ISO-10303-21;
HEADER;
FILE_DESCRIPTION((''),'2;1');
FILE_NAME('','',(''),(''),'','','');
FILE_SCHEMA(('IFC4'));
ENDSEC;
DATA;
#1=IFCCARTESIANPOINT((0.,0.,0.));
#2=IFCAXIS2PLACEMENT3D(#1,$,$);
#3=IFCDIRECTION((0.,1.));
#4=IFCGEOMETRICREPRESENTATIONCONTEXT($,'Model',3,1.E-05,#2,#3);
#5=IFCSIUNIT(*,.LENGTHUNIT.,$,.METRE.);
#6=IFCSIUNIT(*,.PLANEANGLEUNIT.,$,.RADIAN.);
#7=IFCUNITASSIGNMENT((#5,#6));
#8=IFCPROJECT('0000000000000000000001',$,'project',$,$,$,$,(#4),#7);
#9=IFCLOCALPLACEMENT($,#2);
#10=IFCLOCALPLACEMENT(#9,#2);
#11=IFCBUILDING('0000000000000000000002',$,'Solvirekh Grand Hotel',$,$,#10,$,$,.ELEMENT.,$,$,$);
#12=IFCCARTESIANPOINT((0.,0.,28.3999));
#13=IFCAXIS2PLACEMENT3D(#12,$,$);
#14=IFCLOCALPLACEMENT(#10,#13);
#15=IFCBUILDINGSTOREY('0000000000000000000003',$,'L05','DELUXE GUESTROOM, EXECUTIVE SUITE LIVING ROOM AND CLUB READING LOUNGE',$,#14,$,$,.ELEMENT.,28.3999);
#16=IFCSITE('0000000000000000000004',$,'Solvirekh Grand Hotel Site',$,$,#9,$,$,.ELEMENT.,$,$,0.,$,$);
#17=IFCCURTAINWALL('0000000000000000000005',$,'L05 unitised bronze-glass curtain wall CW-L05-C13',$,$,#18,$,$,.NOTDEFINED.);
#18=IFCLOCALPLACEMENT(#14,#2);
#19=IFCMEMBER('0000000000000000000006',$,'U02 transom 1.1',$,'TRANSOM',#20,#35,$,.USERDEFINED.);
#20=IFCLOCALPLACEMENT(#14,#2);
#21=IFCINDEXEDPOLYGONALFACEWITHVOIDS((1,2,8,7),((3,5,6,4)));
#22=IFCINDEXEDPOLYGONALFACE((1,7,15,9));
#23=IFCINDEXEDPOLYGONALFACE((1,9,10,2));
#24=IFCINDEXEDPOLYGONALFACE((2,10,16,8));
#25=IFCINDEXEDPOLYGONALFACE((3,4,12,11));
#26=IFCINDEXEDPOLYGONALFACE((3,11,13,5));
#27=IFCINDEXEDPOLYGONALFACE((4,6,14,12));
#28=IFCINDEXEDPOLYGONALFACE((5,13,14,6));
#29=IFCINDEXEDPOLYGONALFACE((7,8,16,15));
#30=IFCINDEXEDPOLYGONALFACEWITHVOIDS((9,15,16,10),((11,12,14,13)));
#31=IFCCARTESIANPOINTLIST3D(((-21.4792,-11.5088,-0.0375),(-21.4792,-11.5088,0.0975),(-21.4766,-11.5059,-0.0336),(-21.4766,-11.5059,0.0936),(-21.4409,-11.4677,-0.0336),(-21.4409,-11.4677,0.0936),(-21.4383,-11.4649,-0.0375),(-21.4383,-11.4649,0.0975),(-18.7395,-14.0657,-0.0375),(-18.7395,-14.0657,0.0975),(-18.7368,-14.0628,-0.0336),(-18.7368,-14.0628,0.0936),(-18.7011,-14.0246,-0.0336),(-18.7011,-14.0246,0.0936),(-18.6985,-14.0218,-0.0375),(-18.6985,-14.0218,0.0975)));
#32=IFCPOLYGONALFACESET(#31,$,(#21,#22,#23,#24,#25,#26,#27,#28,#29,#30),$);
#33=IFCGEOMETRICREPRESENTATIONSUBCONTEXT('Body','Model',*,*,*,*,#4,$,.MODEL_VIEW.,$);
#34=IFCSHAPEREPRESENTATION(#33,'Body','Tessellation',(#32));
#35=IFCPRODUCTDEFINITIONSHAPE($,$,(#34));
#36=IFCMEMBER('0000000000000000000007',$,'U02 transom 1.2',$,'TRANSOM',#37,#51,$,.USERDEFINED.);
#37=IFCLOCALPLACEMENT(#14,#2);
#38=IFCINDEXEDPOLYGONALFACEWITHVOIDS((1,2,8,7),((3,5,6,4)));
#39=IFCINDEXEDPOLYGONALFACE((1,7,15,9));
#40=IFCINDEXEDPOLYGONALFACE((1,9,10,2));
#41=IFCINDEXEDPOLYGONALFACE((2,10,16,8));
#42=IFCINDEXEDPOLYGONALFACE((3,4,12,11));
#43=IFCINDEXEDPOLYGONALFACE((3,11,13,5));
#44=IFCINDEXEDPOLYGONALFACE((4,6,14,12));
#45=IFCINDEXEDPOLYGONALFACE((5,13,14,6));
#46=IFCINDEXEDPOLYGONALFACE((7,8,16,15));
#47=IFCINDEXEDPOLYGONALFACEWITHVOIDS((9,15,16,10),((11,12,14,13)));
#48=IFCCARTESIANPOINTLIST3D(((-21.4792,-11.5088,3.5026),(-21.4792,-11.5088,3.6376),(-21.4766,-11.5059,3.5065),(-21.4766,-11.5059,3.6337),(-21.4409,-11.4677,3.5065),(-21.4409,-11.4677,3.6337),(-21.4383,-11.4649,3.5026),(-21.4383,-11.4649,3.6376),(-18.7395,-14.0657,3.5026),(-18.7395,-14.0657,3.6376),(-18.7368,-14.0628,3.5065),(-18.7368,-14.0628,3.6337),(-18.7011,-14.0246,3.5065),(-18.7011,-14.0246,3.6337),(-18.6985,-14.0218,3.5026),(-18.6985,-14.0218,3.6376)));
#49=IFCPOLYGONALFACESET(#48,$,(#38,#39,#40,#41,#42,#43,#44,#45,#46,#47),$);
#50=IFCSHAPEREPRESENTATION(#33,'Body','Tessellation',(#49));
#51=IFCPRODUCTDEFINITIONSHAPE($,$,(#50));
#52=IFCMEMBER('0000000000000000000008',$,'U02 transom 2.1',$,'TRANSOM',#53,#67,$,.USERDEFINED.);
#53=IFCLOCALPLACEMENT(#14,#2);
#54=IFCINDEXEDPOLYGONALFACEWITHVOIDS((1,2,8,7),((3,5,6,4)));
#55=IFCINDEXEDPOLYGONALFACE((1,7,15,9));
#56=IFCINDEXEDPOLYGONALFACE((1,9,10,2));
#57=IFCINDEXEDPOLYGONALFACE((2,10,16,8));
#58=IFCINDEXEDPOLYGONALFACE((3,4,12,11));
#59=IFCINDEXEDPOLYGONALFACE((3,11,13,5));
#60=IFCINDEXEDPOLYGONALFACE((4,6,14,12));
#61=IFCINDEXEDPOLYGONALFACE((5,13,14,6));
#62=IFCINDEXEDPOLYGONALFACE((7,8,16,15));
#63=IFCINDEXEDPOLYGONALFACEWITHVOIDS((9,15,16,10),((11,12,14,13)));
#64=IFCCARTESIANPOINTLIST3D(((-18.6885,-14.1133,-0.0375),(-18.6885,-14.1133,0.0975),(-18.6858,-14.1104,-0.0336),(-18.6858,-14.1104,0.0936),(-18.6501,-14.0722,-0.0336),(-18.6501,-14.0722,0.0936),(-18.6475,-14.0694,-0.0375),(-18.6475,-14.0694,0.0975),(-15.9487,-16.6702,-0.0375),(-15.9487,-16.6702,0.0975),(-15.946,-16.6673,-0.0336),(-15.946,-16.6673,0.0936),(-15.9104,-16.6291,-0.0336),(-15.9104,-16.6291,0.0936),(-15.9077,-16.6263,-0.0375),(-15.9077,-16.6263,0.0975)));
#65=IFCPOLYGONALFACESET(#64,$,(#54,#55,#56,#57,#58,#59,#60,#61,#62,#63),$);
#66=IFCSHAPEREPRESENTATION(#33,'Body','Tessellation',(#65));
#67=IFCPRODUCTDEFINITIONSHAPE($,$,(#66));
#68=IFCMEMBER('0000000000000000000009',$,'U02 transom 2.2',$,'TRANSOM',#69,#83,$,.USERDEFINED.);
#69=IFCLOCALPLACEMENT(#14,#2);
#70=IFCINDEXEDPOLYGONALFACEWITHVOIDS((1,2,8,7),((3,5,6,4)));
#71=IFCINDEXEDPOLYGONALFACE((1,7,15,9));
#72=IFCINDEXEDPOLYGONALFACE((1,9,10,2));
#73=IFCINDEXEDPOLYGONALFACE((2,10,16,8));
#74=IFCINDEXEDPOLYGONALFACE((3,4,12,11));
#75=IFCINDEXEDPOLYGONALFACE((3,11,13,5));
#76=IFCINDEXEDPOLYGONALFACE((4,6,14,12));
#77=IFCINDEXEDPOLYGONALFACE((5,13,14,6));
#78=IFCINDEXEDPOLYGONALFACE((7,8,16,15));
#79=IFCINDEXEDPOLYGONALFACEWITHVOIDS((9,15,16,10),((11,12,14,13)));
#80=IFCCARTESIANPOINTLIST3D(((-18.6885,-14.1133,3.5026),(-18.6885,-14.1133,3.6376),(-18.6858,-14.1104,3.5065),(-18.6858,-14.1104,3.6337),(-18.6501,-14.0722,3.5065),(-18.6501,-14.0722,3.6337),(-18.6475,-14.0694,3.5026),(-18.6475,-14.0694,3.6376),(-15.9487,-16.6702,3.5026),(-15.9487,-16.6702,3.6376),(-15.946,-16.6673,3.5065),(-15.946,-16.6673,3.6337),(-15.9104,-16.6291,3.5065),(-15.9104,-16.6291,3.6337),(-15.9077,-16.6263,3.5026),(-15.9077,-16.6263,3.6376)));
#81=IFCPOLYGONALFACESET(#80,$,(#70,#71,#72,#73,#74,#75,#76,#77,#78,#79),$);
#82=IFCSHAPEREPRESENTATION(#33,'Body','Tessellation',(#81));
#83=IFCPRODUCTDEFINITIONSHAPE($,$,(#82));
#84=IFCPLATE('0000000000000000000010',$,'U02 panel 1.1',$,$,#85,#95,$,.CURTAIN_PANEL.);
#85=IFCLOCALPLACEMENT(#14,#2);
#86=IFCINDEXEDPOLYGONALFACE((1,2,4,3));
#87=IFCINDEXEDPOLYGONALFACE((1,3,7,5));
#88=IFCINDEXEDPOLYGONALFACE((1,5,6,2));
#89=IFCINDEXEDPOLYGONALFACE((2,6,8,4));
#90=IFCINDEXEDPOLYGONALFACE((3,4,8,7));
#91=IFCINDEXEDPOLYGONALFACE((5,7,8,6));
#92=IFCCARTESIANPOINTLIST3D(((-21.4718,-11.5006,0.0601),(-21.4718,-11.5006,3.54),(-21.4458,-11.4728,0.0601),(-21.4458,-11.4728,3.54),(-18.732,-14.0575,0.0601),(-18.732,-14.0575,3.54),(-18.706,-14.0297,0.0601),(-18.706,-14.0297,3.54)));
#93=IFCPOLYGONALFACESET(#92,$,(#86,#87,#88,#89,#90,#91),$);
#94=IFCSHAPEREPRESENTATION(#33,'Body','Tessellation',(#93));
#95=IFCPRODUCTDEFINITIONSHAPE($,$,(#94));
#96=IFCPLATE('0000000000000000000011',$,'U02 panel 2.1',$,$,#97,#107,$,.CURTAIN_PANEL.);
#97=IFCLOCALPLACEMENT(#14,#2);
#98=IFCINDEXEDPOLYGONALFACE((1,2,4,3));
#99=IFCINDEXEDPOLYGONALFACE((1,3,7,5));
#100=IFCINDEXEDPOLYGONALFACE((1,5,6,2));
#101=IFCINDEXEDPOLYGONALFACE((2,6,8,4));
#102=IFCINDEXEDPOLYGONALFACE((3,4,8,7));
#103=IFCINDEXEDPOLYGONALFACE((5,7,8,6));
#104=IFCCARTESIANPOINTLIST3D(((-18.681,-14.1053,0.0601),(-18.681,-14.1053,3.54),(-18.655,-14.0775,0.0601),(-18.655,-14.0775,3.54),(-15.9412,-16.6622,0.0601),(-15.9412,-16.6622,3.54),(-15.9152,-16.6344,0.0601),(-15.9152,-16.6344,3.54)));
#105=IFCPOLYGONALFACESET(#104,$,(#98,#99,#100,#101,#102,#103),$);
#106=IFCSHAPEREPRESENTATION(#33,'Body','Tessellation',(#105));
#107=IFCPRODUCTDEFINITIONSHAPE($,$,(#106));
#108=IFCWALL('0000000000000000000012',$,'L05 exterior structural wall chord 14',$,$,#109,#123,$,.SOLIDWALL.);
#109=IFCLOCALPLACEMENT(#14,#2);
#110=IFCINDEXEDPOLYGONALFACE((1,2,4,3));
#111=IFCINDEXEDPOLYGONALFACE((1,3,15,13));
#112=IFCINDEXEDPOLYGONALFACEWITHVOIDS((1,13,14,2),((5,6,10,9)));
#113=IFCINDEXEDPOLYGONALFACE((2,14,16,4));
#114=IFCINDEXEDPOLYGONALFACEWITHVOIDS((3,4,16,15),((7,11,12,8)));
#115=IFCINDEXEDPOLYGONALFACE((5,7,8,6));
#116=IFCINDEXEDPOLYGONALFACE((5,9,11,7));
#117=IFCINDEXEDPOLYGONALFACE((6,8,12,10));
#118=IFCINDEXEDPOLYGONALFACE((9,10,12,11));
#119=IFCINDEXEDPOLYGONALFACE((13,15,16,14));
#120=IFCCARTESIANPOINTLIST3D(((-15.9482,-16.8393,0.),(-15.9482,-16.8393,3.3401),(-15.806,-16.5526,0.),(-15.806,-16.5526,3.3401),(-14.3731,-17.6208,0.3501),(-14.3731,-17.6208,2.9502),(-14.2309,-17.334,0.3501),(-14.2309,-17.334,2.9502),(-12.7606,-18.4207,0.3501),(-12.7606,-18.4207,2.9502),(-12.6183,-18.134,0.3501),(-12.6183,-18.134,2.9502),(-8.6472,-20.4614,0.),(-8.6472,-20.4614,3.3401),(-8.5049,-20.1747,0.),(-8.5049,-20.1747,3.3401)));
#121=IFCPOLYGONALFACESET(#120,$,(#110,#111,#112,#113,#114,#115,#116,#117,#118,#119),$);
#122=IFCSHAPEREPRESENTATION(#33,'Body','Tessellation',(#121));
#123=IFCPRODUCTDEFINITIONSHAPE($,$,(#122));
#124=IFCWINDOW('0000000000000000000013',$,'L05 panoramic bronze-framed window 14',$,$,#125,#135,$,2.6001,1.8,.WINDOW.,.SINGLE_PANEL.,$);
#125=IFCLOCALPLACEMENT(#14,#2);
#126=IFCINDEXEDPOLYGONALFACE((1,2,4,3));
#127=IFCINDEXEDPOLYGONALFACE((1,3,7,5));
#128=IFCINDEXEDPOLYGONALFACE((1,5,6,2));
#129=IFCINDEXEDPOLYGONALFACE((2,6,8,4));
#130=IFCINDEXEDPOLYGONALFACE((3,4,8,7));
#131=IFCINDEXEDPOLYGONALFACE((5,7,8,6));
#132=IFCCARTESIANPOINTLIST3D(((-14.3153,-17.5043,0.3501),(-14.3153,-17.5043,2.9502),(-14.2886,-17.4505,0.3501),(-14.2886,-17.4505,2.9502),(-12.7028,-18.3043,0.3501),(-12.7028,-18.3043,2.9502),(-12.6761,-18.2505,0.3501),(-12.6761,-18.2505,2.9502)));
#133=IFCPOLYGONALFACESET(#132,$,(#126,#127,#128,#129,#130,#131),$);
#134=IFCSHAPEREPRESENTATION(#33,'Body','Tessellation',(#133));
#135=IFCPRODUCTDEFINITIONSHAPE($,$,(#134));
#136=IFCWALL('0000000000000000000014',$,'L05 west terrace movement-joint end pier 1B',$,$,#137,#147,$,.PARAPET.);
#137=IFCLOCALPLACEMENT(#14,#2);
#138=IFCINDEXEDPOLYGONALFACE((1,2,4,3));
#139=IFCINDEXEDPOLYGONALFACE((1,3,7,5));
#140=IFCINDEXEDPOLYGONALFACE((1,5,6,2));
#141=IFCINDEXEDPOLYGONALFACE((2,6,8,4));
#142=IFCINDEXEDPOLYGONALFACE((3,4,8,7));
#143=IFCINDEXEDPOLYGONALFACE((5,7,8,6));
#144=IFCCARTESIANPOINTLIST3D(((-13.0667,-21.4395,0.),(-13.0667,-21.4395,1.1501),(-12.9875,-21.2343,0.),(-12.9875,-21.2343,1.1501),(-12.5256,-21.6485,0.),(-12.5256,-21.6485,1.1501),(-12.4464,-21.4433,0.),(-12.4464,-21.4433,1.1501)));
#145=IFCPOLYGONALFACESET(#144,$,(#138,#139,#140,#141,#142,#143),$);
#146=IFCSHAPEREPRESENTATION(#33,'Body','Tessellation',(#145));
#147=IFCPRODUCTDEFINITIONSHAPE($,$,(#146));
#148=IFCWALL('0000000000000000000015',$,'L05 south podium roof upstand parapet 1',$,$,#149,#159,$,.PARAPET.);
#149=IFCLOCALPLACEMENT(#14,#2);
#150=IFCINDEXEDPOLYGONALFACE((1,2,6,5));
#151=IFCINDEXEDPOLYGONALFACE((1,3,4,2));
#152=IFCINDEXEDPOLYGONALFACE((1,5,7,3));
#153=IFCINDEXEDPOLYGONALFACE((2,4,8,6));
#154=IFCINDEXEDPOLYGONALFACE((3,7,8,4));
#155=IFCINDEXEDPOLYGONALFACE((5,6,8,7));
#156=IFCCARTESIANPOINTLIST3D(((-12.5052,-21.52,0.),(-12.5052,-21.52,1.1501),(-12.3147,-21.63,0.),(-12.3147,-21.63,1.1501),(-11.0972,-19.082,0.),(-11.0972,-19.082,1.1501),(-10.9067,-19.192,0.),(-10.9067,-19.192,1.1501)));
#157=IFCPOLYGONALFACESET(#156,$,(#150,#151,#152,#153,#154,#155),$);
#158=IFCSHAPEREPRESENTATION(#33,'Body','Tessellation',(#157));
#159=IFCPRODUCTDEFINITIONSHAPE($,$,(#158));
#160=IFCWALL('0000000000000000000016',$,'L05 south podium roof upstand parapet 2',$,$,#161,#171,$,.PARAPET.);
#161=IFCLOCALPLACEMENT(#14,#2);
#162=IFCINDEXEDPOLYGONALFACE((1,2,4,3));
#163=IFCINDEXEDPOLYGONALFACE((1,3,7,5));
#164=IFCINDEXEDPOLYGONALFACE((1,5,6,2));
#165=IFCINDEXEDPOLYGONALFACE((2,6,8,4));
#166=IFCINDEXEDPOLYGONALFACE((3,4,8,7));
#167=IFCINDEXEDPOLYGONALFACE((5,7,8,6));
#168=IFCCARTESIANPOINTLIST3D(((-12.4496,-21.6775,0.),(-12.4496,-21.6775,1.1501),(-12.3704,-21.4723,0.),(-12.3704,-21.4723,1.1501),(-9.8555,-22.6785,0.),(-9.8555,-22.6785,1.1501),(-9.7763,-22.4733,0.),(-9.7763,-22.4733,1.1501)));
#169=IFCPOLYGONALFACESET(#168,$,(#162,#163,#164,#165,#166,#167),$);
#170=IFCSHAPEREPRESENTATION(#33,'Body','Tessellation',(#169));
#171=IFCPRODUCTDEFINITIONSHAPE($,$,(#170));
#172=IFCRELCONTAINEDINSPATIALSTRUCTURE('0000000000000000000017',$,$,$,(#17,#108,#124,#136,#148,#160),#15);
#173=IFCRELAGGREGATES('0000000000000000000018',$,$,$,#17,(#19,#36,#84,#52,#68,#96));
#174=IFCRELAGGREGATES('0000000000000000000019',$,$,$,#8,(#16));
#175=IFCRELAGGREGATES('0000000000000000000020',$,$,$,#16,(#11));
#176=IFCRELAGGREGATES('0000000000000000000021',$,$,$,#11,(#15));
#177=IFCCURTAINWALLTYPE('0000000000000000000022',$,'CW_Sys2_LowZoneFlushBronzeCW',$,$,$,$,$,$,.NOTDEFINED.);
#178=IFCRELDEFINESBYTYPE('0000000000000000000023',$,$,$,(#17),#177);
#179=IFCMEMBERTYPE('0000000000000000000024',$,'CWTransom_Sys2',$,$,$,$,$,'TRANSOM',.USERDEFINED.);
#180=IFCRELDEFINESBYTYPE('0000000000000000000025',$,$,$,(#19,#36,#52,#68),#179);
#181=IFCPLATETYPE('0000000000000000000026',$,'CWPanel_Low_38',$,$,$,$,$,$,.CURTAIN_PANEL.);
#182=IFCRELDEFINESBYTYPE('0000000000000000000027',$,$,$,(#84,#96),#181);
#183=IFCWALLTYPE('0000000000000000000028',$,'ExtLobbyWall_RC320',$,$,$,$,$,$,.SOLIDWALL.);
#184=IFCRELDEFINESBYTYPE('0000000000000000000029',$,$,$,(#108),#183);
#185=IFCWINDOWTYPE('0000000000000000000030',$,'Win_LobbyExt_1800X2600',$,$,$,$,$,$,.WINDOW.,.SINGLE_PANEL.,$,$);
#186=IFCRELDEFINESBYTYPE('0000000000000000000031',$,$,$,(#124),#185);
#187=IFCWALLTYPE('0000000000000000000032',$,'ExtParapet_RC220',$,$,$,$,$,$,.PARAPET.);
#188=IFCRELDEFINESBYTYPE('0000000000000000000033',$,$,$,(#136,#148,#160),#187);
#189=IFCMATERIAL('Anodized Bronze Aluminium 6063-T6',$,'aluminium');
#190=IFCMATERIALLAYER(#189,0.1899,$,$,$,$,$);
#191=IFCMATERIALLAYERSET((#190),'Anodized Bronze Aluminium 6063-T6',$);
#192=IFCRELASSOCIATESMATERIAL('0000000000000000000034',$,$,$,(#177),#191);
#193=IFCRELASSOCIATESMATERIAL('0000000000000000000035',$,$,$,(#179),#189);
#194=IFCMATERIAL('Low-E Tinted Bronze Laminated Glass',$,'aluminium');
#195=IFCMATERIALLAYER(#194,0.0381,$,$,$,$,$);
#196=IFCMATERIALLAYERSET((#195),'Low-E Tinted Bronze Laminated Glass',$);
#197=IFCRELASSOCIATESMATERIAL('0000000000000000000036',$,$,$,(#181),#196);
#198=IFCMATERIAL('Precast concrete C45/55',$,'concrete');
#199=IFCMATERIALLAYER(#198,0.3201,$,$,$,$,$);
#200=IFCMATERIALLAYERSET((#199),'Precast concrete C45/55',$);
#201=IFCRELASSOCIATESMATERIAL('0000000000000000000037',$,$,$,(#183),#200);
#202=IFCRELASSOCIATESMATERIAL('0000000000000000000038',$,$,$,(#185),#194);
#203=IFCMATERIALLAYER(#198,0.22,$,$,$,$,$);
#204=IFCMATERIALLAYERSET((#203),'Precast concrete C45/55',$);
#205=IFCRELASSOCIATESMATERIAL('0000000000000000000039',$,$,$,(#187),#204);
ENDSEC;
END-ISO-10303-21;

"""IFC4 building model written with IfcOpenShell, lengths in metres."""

from ifc_helpers import new_model, si_unit, direction, frame, frame_2d, origin, origin_2d, place, context, subcontext, project, spatial, rectangle, hollow_rectangle, extrude, source, transform, mapped, material, layer, layer_set, material_profile, profile_set, type_object, element, fill, aggregate, save


model = new_model("IFC4")

# Units and contexts
model_context = context("Model", 3, precision=1e-05, world=origin(), true_north=direction((0.0, 1.0)))
body_context = subcontext(model_context, "Body", "Model", "MODEL_VIEW")
ifc_project = project(units=[si_unit("LENGTHUNIT", "METRE"), si_unit("PLANEANGLEUNIT", "RADIAN")], contexts=[model_context])

# Site, building, storey
site_placement = place(None, origin())
site = spatial("IfcSite", under=ifc_project, at=site_placement, Name="Solvirekh Grand Hotel Site", CompositionType="ELEMENT", RefElevation=0.0)
building_placement = place(site_placement, origin())
building = spatial("IfcBuilding", under=site, at=building_placement, Name="Solvirekh Grand Hotel", CompositionType="ELEMENT")
storey_placement = place(building_placement, frame((0.0, 0.0, 28.3999)))
storey = spatial("IfcBuildingStorey", under=building, at=storey_placement, Name="L05", Description="DELUXE GUESTROOM, EXECUTIVE SUITE LIVING ROOM AND CLUB READING LOUNGE", CompositionType="ELEMENT", Elevation=28.3999)

# Curtain wall
ifc_material_1 = material(Name="Anodized Bronze Aluminium 6063-T6", Category="aluminium")
ifc_layer_1 = layer(ifc_material_1, 0.1899)
ifc_layer_set_1 = layer_set([ifc_layer_1], Name="Anodized Bronze Aluminium 6063-T6")
curtain_wall_type = type_object("IfcCurtainWallType", Name="CW_Sys2_LowZoneFlushBronzeCW", PredefinedType="NOTDEFINED", material=ifc_layer_set_1)
curtain_wall_1_placement = place(storey_placement, origin())
curtain_wall_1 = element("IfcCurtainWall", 1, at=curtain_wall_1_placement, inside=storey, type_object=curtain_wall_type, Name="L05 unitised bronze-glass curtain wall CW-L05-C13", PredefinedType="NOTDEFINED")

# Members
ifc_material_profile_1 = material_profile(ifc_material_1, hollow_rectangle(XDim=0.0601, YDim=0.135, WallThickness=0.0039, at=origin_2d()), Name="ALU RHS 135X60X4")
ifc_profile_set_1 = profile_set([ifc_material_profile_1], Name="Anodized Bronze Aluminium 6063-T6")
member_type_1 = type_object("IfcMemberType", Name="CWTransom_Sys2", ElementType="TRANSOM", PredefinedType="USERDEFINED", material=ifc_profile_set_1)
shared_shape_1 = source(origin(), body_context, "Body", "SweptSolid", [
    extrude(hollow_rectangle(XDim=0.0601, YDim=0.135, WallThickness=0.0039, at=origin_2d()), origin(), (0.0, 0.0, 1.0), 3.7476),
])
member_1_placement = place(storey_placement, frame((-21.4587, -11.4868, 0.03), z_axis=(0.731083, -0.682288, 0.0), x_axis=(0.682288, 0.731083, 0.0)))
member_1 = element("IfcMember", 2, at=member_1_placement, type_object=member_type_1, Name="U02 transom 1.1", ObjectType="TRANSOM", PredefinedType="USERDEFINED", context=body_context, shape_type="MappedRepresentation", body=[
    mapped(shared_shape_1, transform((0.0, 0.0, 0.0), x_axis=(1.0, 0.0, 0.0), y_axis=(0.0, 1.0, 0.0), z_axis=(0.0, 0.0, 1.0), scale=1.0)),
])
member_2_placement = place(storey_placement, frame((-21.4587, -11.4868, 3.5701), z_axis=(0.731083, -0.682288, 0.0), x_axis=(0.682288, 0.731083, 0.0)))
member_2 = element("IfcMember", 3, at=member_2_placement, type_object=member_type_1, Name="U02 transom 1.2", ObjectType="TRANSOM", PredefinedType="USERDEFINED", context=body_context, shape_type="MappedRepresentation", body=[
    mapped(shared_shape_1, transform((0.0, 0.0, 0.0), x_axis=(1.0, 0.0, 0.0), y_axis=(0.0, 1.0, 0.0), z_axis=(0.0, 0.0, 1.0), scale=1.0)),
])
member_3_placement = place(storey_placement, frame((-18.668, -14.0913, 0.03), z_axis=(0.731083, -0.682288, 0.0), x_axis=(0.682288, 0.731083, 0.0)))
member_3 = element("IfcMember", 4, at=member_3_placement, type_object=member_type_1, Name="U02 transom 2.1", ObjectType="TRANSOM", PredefinedType="USERDEFINED", context=body_context, shape_type="MappedRepresentation", body=[
    mapped(shared_shape_1, transform((0.0, 0.0, 0.0), x_axis=(1.0, 0.0, 0.0), y_axis=(0.0, 1.0, 0.0), z_axis=(0.0, 0.0, 1.0), scale=1.0)),
])
member_4_placement = place(storey_placement, frame((-18.668, -14.0913, 3.5701), z_axis=(0.731083, -0.682288, 0.0), x_axis=(0.682288, 0.731083, 0.0)))
member_4 = element("IfcMember", 5, at=member_4_placement, type_object=member_type_1, Name="U02 transom 2.2", ObjectType="TRANSOM", PredefinedType="USERDEFINED", context=body_context, shape_type="MappedRepresentation", body=[
    mapped(shared_shape_1, transform((0.0, 0.0, 0.0), x_axis=(1.0, 0.0, 0.0), y_axis=(0.0, 1.0, 0.0), z_axis=(0.0, 0.0, 1.0), scale=1.0)),
])

# Plates
ifc_material_2 = material(Name="Low-E Tinted Bronze Laminated Glass", Category="aluminium")
ifc_layer_2 = layer(ifc_material_2, 0.0381)
ifc_layer_set_2 = layer_set([ifc_layer_2], Name="Low-E Tinted Bronze Laminated Glass")
plate_type = type_object("IfcPlateType", Name="CWPanel_Low_38", PredefinedType="CURTAIN_PANEL", material=ifc_layer_set_2)
shared_shape_2 = source(origin(), body_context, "Body", "SweptSolid", [
    extrude(rectangle(XDim=3.7476, YDim=0.0381, at=origin_2d()), origin(), (0.0, 0.0, 1.0), 3.48),
])
plate_1_placement = place(storey_placement, frame((-20.0889, -12.7651, 0.0601), z_axis=(0.0, 0.0, 1.0), x_axis=(0.731085, -0.682286, 0.0)))
plate_1 = element("IfcPlate", 6, at=plate_1_placement, type_object=plate_type, Name="U02 panel 1.1", PredefinedType="CURTAIN_PANEL", context=body_context, shape_type="MappedRepresentation", body=[
    mapped(shared_shape_2, transform((0.0, 0.0, 0.0), x_axis=(1.0, 0.0, 0.0), y_axis=(0.0, 1.0, 0.0), z_axis=(0.0, 0.0, 1.0), scale=1.0)),
])
plate_2_placement = place(storey_placement, frame((-17.2981, -15.3699, 0.0601), z_axis=(0.0, 0.0, 1.0), x_axis=(0.731085, -0.682286, 0.0)))
plate_2 = element("IfcPlate", 7, at=plate_2_placement, type_object=plate_type, Name="U02 panel 2.1", PredefinedType="CURTAIN_PANEL", context=body_context, shape_type="MappedRepresentation", body=[
    mapped(shared_shape_2, transform((0.0, 0.0, 0.0), x_axis=(1.0, 0.0, 0.0), y_axis=(0.0, 1.0, 0.0), z_axis=(0.0, 0.0, 1.0), scale=1.0)),
])
aggregate(curtain_wall_1, [member_1, member_2, plate_1, member_3, member_4, plate_2])

# Wall, opening, window
ifc_material_3 = material(Name="Precast concrete C45/55", Category="concrete")
ifc_layer_3 = layer(ifc_material_3, 0.3201)
ifc_layer_set_3 = layer_set([ifc_layer_3], Name="Precast concrete C45/55")
wall_type_1 = type_object("IfcWallType", Name="ExtLobbyWall_RC320", PredefinedType="SOLIDWALL", material=ifc_layer_set_3)
wall_1_placement = place(storey_placement, frame((-8.5759, -20.3181, 0.0), z_axis=(0.0, 0.0, 1.0), x_axis=(-0.895819, 0.44442, 0.0)))
wall_1 = element("IfcWall", 8, at=wall_1_placement, inside=storey, type_object=wall_type_1, Name="L05 exterior structural wall chord 14", PredefinedType="SOLIDWALL", context=body_context, shape_type="SweptSolid", body=[
    extrude(rectangle(XDim=8.1501, YDim=0.3201, at=frame_2d((4.0752, 0.0))), origin(), (0.0, 0.0, 1.0), 3.3401),
])
opening_placement = place(wall_1_placement, frame((4.592, 0.0, 0.3501)))
opening = element("IfcOpeningElement", 9, at=opening_placement, cuts=wall_1, PredefinedType="OPENING", context=body_context, shape_type="SweptSolid", body=[
    extrude(rectangle(XDim=1.8, YDim=2.6001, at=frame_2d((0.8999, 1.3))), frame((0.0, 0.1699, 0.0), z_axis=(0.0, -1.0, 0.0), x_axis=(1.0, 0.0, 0.0)), (0.0, 0.0, 1.0), 0.3401),
])
window_type = type_object("IfcWindowType", Name="Win_LobbyExt_1800X2600", PartitioningType="SINGLE_PANEL", PredefinedType="WINDOW", material=ifc_material_2)
window_placement = place(opening_placement, origin())
window = element("IfcWindow", 10, at=window_placement, inside=storey, type_object=window_type, Name="L05 panoramic bronze-framed window 14", OverallHeight=2.6001, OverallWidth=1.8, PartitioningType="SINGLE_PANEL", PredefinedType="WINDOW", context=body_context, shape_type="SweptSolid", body=[
    extrude(rectangle(XDim=1.8, YDim=2.6001, at=frame_2d((0.8999, 1.3))), frame((0.0, 0.03, 0.0), z_axis=(0.0, -1.0, 0.0), x_axis=(1.0, 0.0, 0.0)), (0.0, 0.0, 1.0), 0.0601),
])
fill(opening, window)

# Walls
ifc_layer_4 = layer(ifc_material_3, 0.22)
ifc_layer_set_4 = layer_set([ifc_layer_4], Name="Precast concrete C45/55")
wall_type_2 = type_object("IfcWallType", Name="ExtParapet_RC220", PredefinedType="PARAPET", material=ifc_layer_set_4)
wall_2_placement = place(storey_placement, frame((-13.0271, -21.3369, 0.0), z_axis=(0.0, 0.0, 1.0), x_axis=(0.932824, -0.360333, 0.0)))
element("IfcWall", 11, at=wall_2_placement, inside=storey, type_object=wall_type_2, Name="L05 west terrace movement-joint end pier 1B", PredefinedType="PARAPET", context=body_context, shape_type="SweptSolid", body=[
    extrude(rectangle(XDim=0.5801, YDim=0.22, at=frame_2d((0.29, 0.0))), origin(), (0.0, 0.0, 1.0), 1.1501),
])
wall_3_placement = place(storey_placement, frame((-11.002, -19.137, 0.0), z_axis=(0.0, 0.0, 1.0), x_axis=(-0.500103, -0.865966, 0.0)))
element("IfcWall", 12, at=wall_3_placement, inside=storey, type_object=wall_type_2, Name="L05 south podium roof upstand parapet 1", PredefinedType="PARAPET", context=body_context, shape_type="SweptSolid", body=[
    extrude(rectangle(XDim=2.8154, YDim=0.22, at=frame_2d((1.4077, 0.0))), origin(), (0.0, 0.0, 1.0), 1.1501),
])
wall_4_placement = place(storey_placement, frame((-12.4099, -21.575, 0.0), z_axis=(0.0, 0.0, 1.0), x_axis=(0.932949, -0.360009, 0.0)))
element("IfcWall", 13, at=wall_4_placement, inside=storey, type_object=wall_type_2, Name="L05 south podium roof upstand parapet 2", PredefinedType="PARAPET", context=body_context, shape_type="SweptSolid", body=[
    extrude(rectangle(XDim=2.7805, YDim=0.22, at=frame_2d((1.3901, 0.0))), origin(), (0.0, 0.0, 1.0), 1.1501),
])

save(model, "model.ifc")
